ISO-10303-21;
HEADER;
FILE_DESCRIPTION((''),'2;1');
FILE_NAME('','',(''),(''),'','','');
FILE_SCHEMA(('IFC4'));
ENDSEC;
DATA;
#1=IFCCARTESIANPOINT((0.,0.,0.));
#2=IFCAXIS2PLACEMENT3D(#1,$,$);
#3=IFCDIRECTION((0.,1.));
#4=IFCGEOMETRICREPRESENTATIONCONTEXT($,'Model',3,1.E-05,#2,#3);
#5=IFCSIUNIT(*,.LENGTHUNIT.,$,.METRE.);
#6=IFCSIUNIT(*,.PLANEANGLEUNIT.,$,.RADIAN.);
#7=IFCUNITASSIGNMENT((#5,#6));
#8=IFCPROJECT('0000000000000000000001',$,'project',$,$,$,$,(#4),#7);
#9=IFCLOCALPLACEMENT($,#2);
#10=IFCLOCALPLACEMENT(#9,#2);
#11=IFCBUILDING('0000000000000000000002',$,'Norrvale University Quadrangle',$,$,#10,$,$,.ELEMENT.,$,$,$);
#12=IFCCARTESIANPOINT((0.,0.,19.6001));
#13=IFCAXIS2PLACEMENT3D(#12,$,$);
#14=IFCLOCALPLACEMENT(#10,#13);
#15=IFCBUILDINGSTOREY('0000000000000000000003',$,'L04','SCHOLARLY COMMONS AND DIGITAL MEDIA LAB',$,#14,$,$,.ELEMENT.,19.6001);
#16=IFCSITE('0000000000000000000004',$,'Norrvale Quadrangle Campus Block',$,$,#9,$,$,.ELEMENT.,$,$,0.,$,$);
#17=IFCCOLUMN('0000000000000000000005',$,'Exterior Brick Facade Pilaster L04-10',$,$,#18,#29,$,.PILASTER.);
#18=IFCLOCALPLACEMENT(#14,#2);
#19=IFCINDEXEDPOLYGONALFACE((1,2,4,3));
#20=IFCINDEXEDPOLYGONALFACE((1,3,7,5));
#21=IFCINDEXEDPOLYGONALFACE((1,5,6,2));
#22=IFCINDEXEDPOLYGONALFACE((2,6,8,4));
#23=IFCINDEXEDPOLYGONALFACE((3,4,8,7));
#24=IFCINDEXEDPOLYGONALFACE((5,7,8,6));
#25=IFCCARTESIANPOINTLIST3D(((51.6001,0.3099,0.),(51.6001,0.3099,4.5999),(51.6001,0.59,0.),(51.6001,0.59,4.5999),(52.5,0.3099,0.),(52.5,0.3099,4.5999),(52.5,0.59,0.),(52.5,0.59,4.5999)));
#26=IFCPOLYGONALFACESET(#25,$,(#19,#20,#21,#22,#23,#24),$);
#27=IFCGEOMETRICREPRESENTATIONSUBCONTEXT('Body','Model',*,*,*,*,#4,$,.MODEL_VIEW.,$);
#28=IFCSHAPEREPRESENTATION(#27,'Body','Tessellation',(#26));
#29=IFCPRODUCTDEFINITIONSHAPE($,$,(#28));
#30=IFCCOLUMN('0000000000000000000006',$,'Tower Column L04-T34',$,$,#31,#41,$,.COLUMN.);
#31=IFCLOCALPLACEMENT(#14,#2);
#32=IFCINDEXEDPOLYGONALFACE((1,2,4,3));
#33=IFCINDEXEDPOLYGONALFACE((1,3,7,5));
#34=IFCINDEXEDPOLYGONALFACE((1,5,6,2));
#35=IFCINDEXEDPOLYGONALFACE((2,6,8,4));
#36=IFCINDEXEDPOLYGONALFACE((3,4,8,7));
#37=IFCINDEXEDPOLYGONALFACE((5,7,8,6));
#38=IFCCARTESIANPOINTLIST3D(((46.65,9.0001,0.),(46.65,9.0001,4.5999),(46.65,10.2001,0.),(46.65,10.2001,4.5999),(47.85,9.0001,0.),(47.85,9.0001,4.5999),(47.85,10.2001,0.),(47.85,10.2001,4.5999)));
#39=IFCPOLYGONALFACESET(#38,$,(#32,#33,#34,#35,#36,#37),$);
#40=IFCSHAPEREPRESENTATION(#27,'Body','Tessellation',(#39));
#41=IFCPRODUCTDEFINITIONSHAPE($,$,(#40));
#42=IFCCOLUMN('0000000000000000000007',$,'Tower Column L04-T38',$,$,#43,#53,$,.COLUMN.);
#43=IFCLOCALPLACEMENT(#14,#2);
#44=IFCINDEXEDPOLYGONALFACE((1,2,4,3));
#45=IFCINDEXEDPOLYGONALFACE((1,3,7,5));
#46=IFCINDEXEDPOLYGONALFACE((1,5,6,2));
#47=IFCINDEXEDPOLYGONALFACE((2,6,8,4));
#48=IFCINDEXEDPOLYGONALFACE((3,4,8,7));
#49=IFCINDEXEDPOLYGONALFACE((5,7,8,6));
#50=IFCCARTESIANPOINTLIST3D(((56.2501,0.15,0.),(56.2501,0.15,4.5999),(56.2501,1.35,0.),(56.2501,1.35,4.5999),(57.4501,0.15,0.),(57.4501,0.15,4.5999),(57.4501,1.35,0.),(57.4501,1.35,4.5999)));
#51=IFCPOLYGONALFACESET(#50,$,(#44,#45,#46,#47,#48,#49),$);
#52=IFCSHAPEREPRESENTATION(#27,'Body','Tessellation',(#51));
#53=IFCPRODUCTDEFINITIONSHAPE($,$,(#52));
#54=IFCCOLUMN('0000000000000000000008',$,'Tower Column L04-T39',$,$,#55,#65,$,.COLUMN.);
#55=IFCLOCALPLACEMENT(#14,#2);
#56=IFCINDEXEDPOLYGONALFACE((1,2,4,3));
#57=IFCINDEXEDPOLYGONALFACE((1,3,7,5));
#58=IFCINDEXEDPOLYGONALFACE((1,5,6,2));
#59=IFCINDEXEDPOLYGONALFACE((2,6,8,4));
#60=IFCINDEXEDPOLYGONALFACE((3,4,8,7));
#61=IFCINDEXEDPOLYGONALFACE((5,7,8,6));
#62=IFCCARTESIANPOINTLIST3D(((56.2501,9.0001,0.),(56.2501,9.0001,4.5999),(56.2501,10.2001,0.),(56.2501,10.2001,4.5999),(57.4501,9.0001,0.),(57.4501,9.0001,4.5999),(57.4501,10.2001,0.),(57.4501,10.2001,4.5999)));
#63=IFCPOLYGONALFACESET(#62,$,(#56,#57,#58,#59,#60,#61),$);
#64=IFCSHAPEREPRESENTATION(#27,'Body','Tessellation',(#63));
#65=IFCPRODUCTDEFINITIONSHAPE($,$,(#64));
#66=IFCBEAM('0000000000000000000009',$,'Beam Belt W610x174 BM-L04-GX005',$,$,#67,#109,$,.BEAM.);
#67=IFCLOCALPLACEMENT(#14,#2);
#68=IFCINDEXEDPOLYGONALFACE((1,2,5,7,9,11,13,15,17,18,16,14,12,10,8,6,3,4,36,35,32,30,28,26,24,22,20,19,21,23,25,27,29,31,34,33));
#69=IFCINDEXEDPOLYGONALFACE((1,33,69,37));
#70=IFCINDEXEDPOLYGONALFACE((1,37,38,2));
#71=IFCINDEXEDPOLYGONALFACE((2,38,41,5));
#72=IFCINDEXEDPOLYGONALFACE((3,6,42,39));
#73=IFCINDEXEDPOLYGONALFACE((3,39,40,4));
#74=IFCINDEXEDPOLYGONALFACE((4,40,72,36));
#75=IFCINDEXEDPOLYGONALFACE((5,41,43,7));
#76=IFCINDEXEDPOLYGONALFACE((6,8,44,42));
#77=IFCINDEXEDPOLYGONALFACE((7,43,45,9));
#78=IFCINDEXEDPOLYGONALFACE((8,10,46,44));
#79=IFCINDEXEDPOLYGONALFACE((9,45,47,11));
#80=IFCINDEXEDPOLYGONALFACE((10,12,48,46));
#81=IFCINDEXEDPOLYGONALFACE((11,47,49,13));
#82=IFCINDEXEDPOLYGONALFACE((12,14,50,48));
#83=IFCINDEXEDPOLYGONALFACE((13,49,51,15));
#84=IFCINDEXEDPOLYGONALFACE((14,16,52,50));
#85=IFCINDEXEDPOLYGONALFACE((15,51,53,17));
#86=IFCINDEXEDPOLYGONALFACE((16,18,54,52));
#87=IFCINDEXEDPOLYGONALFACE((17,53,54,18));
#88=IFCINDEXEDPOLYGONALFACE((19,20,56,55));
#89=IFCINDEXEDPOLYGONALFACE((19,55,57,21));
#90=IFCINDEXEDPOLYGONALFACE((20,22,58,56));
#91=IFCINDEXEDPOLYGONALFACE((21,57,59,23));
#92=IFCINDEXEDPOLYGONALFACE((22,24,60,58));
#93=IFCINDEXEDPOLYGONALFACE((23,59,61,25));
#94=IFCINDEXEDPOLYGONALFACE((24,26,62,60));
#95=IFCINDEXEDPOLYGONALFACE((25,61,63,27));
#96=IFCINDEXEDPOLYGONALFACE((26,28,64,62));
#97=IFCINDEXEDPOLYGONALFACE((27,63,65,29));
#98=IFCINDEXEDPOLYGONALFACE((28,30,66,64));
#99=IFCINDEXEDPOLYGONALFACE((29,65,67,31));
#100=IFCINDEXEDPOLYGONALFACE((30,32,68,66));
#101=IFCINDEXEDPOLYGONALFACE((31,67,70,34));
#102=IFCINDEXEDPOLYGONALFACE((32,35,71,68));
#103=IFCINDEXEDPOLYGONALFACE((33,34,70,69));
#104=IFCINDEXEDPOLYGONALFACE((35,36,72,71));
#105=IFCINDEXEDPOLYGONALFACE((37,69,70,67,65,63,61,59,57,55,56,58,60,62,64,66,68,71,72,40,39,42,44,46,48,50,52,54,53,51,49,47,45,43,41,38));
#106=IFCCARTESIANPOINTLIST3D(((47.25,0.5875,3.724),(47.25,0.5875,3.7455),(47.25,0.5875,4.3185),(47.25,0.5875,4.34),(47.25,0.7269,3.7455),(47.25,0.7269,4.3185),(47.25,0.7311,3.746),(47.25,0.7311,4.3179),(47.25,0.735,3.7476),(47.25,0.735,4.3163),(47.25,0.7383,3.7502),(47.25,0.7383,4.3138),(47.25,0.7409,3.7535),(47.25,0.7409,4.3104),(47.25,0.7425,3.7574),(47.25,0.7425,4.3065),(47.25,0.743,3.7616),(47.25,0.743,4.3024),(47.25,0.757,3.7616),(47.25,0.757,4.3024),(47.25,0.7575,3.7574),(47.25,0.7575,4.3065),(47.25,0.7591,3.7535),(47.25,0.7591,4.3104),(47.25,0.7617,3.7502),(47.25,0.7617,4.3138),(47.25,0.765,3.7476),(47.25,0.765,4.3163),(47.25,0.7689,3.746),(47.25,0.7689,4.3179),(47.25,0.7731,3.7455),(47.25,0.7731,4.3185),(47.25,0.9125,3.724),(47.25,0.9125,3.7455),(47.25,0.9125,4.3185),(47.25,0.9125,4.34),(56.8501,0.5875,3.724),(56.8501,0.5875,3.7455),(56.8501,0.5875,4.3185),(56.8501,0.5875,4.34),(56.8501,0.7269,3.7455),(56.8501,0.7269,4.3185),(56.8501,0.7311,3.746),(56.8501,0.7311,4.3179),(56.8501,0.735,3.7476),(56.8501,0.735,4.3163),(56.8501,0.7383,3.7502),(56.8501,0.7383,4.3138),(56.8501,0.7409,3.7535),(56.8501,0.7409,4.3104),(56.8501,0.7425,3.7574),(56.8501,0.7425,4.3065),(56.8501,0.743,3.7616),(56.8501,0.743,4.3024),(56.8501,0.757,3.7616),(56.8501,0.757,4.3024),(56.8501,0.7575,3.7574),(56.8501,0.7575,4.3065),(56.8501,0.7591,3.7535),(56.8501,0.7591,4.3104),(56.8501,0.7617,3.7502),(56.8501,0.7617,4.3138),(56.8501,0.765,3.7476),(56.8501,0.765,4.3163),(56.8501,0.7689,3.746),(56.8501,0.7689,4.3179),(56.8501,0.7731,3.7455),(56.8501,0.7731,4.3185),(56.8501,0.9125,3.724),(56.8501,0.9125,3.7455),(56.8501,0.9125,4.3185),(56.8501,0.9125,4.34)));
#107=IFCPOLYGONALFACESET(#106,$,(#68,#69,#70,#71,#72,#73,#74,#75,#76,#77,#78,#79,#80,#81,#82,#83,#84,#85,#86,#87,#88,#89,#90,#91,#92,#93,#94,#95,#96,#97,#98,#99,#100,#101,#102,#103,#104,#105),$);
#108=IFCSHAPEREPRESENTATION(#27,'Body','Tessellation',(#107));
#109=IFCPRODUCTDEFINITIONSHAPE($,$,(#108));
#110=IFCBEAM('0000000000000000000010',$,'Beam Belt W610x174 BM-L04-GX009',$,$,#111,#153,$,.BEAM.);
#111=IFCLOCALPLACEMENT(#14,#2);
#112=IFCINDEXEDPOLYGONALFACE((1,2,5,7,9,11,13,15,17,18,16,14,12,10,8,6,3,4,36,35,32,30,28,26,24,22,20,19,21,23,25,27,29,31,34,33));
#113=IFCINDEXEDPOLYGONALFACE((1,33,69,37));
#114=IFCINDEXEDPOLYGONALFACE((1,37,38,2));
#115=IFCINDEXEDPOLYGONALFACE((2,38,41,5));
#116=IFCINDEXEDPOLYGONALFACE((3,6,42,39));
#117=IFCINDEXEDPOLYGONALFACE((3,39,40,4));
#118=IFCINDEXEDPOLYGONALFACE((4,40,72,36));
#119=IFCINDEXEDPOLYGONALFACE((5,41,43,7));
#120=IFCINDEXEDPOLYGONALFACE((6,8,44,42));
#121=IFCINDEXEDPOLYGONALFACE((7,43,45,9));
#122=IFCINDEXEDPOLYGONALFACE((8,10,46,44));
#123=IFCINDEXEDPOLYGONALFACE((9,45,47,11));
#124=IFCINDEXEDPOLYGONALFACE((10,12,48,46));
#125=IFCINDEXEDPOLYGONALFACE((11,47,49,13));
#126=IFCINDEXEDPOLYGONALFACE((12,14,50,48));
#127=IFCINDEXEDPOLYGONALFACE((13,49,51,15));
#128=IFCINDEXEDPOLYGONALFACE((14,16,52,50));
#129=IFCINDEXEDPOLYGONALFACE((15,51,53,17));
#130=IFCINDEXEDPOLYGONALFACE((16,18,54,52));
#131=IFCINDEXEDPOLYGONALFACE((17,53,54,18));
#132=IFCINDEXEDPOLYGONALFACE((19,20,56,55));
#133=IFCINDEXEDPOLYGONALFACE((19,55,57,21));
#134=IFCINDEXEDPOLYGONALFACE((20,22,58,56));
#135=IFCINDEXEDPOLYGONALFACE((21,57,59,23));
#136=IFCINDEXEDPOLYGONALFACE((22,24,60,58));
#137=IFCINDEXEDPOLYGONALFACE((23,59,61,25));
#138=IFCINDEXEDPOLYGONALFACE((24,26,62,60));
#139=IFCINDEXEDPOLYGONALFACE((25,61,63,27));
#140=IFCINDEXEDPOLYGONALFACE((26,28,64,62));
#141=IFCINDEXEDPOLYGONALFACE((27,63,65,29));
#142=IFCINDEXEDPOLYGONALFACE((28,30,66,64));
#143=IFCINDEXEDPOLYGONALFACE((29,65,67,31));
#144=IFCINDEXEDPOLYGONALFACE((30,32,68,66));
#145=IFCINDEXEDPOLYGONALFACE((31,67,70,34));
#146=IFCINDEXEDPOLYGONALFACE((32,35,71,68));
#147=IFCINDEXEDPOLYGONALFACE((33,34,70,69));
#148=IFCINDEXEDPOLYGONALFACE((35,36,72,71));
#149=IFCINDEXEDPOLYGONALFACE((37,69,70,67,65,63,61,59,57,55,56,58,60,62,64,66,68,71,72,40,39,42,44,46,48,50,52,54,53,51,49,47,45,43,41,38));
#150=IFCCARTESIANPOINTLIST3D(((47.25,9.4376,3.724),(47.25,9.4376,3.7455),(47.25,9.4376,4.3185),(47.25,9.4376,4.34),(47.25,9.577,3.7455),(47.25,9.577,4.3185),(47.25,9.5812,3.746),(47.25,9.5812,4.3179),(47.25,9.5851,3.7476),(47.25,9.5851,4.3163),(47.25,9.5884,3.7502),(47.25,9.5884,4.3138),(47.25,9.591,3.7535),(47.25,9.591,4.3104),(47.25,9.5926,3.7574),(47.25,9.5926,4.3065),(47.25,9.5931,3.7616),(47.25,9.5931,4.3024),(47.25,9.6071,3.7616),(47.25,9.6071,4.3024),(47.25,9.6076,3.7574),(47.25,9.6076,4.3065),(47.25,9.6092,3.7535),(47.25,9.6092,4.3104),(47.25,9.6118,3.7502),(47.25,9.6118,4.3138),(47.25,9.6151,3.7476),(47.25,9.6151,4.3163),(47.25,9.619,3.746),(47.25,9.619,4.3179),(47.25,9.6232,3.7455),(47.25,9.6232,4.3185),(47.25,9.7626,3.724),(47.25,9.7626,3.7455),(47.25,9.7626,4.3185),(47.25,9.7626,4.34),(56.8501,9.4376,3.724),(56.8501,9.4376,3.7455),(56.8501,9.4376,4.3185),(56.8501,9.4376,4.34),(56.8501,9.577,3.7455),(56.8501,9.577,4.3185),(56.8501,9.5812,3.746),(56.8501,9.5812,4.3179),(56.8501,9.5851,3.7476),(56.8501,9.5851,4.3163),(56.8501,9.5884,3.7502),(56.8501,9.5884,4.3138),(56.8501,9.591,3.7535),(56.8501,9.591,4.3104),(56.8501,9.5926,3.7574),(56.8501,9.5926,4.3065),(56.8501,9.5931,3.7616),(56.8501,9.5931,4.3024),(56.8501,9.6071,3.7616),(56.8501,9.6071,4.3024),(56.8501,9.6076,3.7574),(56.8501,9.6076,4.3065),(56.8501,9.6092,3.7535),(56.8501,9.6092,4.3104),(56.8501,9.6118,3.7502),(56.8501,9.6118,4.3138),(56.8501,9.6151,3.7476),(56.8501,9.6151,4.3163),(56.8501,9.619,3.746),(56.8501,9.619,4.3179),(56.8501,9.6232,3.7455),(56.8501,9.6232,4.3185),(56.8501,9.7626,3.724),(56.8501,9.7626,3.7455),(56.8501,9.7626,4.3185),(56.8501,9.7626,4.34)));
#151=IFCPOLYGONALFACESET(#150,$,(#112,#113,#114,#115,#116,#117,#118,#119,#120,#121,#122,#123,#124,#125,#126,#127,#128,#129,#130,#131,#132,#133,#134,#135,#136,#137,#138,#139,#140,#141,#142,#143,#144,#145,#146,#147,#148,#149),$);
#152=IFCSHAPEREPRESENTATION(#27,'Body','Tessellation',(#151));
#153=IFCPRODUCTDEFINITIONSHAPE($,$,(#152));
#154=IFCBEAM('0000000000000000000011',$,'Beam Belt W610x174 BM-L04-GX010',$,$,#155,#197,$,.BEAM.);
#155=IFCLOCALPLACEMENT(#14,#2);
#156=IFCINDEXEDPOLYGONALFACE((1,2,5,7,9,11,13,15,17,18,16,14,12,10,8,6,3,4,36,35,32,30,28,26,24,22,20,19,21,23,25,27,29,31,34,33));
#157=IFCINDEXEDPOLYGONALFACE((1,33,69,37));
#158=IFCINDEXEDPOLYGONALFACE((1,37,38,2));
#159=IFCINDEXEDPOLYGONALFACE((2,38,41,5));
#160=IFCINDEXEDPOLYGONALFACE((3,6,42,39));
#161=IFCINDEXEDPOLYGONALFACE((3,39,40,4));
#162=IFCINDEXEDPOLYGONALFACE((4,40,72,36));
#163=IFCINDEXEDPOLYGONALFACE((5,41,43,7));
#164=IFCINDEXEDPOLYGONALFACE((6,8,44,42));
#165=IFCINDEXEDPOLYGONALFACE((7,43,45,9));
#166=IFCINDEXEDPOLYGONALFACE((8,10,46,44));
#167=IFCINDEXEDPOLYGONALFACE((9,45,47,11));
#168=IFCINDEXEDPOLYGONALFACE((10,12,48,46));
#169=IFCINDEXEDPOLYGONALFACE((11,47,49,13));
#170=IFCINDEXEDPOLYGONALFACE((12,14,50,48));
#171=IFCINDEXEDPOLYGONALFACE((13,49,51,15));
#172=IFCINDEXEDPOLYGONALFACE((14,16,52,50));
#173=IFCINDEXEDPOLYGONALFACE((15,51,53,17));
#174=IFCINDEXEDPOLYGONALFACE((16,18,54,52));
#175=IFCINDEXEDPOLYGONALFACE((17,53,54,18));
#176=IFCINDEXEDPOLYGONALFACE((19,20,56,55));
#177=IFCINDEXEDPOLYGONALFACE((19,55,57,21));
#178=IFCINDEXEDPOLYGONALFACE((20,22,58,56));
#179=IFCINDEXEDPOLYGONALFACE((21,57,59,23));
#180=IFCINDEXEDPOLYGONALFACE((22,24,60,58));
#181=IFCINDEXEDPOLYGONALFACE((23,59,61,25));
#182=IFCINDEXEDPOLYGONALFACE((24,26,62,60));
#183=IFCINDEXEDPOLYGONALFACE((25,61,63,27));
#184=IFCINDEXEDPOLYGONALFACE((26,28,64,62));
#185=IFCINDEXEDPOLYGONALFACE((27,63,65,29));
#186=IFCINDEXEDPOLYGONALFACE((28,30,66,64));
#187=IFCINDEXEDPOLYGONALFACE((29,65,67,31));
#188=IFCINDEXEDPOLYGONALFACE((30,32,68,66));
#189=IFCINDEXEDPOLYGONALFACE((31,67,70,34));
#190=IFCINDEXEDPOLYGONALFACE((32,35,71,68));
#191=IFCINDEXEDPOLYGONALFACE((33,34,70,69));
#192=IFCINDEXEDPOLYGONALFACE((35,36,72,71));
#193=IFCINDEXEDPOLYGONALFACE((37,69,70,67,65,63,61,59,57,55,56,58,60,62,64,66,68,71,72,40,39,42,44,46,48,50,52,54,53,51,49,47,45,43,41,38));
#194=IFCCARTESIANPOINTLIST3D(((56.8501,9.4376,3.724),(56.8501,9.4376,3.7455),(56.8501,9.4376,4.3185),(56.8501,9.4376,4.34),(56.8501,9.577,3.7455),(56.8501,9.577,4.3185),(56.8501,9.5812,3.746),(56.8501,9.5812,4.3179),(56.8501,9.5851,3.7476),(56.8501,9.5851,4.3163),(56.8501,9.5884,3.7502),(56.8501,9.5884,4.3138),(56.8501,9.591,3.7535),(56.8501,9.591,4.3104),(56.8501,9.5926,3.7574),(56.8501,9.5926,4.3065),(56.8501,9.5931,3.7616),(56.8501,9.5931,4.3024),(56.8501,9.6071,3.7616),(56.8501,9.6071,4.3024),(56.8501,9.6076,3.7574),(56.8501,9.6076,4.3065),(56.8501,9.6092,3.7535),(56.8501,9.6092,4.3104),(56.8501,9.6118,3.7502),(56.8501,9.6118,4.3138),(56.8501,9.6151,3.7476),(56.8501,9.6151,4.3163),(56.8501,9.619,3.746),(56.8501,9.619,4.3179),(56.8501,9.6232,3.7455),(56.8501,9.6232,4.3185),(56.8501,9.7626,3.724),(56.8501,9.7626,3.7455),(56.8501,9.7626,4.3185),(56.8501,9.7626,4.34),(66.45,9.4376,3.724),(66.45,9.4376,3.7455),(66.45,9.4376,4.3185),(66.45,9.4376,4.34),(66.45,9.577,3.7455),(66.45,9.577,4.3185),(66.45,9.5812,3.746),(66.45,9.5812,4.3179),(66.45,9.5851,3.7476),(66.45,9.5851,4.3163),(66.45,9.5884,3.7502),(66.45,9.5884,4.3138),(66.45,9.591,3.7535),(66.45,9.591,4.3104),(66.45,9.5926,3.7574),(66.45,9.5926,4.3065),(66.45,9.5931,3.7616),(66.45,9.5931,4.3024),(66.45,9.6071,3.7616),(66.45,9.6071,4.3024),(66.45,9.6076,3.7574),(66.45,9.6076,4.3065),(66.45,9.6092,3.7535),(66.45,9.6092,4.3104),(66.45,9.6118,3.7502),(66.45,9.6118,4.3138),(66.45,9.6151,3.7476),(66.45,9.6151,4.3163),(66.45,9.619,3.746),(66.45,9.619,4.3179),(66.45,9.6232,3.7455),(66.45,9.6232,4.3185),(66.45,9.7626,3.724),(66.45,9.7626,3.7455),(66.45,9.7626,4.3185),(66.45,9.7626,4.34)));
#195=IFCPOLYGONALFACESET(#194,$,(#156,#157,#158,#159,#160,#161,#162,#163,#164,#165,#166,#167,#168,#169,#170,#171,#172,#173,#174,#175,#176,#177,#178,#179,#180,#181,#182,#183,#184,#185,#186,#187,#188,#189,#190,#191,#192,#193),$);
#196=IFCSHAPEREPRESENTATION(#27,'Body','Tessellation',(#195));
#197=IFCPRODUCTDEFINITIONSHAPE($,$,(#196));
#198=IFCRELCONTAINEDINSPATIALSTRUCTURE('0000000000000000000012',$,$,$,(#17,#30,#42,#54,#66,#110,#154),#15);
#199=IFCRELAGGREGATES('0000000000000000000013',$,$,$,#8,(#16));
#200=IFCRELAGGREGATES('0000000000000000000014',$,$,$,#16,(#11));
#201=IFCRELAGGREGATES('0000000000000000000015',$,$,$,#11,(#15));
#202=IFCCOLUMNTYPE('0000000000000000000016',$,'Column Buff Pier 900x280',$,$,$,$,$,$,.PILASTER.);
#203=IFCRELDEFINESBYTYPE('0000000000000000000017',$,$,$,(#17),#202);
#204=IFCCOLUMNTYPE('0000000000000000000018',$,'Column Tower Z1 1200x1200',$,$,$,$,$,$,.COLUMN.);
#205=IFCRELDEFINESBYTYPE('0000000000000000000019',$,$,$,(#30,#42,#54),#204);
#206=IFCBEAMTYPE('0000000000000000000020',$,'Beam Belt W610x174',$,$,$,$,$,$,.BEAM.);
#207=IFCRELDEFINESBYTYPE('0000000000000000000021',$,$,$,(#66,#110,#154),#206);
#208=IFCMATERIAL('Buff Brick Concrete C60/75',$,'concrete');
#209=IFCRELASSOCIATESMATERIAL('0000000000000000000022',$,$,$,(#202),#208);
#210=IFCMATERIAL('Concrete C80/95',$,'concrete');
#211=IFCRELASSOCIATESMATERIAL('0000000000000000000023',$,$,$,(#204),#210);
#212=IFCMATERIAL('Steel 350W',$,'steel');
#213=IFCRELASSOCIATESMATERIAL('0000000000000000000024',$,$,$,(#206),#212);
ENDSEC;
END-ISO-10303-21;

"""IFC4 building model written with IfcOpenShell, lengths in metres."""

from ifc_helpers import new_model, si_unit, direction, frame, origin, origin_2d, place, context, subcontext, project, spatial, rectangle, i_section, extrude, material, material_profile, profile_set, type_object, element, save


model = new_model("IFC4")

# Units and contexts
model_context = context("Model", 3, precision=1e-05, world=origin(), true_north=direction((0.0, 1.0)))
body_context = subcontext(model_context, "Body", "Model", "MODEL_VIEW")
ifc_project = project(units=[si_unit("LENGTHUNIT", "METRE"), si_unit("PLANEANGLEUNIT", "RADIAN")], contexts=[model_context])

# Site, building, storey
site_placement = place(None, origin())
site = spatial("IfcSite", under=ifc_project, at=site_placement, Name="Norrvale Quadrangle Campus Block", CompositionType="ELEMENT", RefElevation=0.0)
building_placement = place(site_placement, origin())
building = spatial("IfcBuilding", under=site, at=building_placement, Name="Norrvale University Quadrangle", CompositionType="ELEMENT")
storey_placement = place(building_placement, frame((0.0, 0.0, 19.6001)))
storey = spatial("IfcBuildingStorey", under=building, at=storey_placement, Name="L04", Description="SCHOLARLY COMMONS AND DIGITAL MEDIA LAB", CompositionType="ELEMENT", Elevation=19.6001)

# Columns
ifc_material_1 = material(Name="Buff Brick Concrete C60/75", Category="concrete")
ifc_material_profile_1 = material_profile(ifc_material_1, rectangle(XDim=0.8999, YDim=0.28, at=origin_2d()), Name="Buff Brick Concrete C60/75")
ifc_profile_set_1 = profile_set([ifc_material_profile_1], Name="Buff Brick Concrete C60/75")
column_type_1 = type_object("IfcColumnType", Name="Column Buff Pier 900x280", PredefinedType="PILASTER", material=ifc_profile_set_1)
column_placement = place(storey_placement, frame((52.05, 0.45, 0.0), z_axis=(0.0, 0.0, 1.0), x_axis=(1.0, 0.0, 0.0)))
element("IfcColumn", 1, at=column_placement, inside=storey, type_object=column_type_1, Name="Exterior Brick Facade Pilaster L04-10", PredefinedType="PILASTER", context=body_context, shape_type="SweptSolid", body=[
    extrude(rectangle(XDim=0.8999, YDim=0.28, at=origin_2d()), origin(), (0.0, 0.0, 1.0), 4.5999),
])
ifc_material_2 = material(Name="Concrete C80/95", Category="concrete")
ifc_material_profile_2 = material_profile(ifc_material_2, rectangle(XDim=1.2, YDim=1.2, at=origin_2d()), Name="Concrete C80/95")
ifc_profile_set_2 = profile_set([ifc_material_profile_2], Name="Concrete C80/95")
column_type_2 = type_object("IfcColumnType", Name="Column Tower Z1 1200x1200", PredefinedType="COLUMN", material=ifc_profile_set_2)
for number, where, z_axis, x_axis, name in (
    (2, (47.25, 9.6001, 0.0), (0.0, 0.0, 1.0), (1.0, 0.0, 0.0), "Tower Column L04-T34"),
    (3, (56.8501, 0.75, 0.0), (0.0, 0.0, 1.0), (1.0, 0.0, 0.0), "Tower Column L04-T38"),
    (4, (56.8501, 9.6001, 0.0), (0.0, 0.0, 1.0), (1.0, 0.0, 0.0), "Tower Column L04-T39"),
):
    element("IfcColumn", number, at=place(storey_placement, frame(where, z_axis=z_axis, x_axis=x_axis)), inside=storey, type_object=column_type_2, Name=name, PredefinedType="COLUMN", context=body_context, shape_type="SweptSolid", body=[
        extrude(rectangle(XDim=1.2, YDim=1.2, at=origin_2d()), origin(), (0.0, 0.0, 1.0), 4.5999),
    ])

# Beams
ifc_material_3 = material(Name="Steel 350W", Category="steel")
ifc_material_profile_3 = material_profile(ifc_material_3, i_section(OverallWidth=0.325, OverallDepth=0.616, WebThickness=0.0139, FlangeThickness=0.0215, FilletRadius=0.0161, at=origin_2d()), Name="Steel 350W")
ifc_profile_set_3 = profile_set([ifc_material_profile_3], Name="Steel 350W")
beam_type_1 = type_object("IfcBeamType", Name="Beam Belt W610x174", PredefinedType="BEAM", material=ifc_profile_set_3)
for number, where, z_axis, x_axis, name in (
    (5, (47.25, 0.75, 4.032), (1.0, 0.0, 0.0), (0.0, 1.0, 0.0), "Beam Belt W610x174 BM-L04-GX005"),
    (6, (47.25, 9.6001, 4.032), (1.0, 0.0, 0.0), (0.0, 1.0, 0.0), "Beam Belt W610x174 BM-L04-GX009"),
):
    element("IfcBeam", number, at=place(storey_placement, frame(where, z_axis=z_axis, x_axis=x_axis)), inside=storey, type_object=beam_type_1, Name=name, PredefinedType="BEAM", context=body_context, shape_type="SweptSolid", body=[
        extrude(i_section(OverallWidth=0.325, OverallDepth=0.616, WebThickness=0.0139, FlangeThickness=0.0215, FilletRadius=0.0161, at=origin_2d()), origin(), (0.0, 0.0, 1.0), 9.6001),
    ])
beam_1_placement = place(storey_placement, frame((56.8501, 9.6001, 4.032), z_axis=(1.0, 0.0, 0.0), x_axis=(0.0, 1.0, 0.0)))
element("IfcBeam", 7, at=beam_1_placement, inside=storey, type_object=beam_type_1, Name="Beam Belt W610x174 BM-L04-GX010", PredefinedType="BEAM", context=body_context, shape_type="SweptSolid", body=[
    extrude(i_section(OverallWidth=0.325, OverallDepth=0.616, WebThickness=0.0139, FlangeThickness=0.0215, FilletRadius=0.0161, at=origin_2d()), origin(), (0.0, 0.0, 1.0), 9.5999),
])

save(model, "model.ifc")
